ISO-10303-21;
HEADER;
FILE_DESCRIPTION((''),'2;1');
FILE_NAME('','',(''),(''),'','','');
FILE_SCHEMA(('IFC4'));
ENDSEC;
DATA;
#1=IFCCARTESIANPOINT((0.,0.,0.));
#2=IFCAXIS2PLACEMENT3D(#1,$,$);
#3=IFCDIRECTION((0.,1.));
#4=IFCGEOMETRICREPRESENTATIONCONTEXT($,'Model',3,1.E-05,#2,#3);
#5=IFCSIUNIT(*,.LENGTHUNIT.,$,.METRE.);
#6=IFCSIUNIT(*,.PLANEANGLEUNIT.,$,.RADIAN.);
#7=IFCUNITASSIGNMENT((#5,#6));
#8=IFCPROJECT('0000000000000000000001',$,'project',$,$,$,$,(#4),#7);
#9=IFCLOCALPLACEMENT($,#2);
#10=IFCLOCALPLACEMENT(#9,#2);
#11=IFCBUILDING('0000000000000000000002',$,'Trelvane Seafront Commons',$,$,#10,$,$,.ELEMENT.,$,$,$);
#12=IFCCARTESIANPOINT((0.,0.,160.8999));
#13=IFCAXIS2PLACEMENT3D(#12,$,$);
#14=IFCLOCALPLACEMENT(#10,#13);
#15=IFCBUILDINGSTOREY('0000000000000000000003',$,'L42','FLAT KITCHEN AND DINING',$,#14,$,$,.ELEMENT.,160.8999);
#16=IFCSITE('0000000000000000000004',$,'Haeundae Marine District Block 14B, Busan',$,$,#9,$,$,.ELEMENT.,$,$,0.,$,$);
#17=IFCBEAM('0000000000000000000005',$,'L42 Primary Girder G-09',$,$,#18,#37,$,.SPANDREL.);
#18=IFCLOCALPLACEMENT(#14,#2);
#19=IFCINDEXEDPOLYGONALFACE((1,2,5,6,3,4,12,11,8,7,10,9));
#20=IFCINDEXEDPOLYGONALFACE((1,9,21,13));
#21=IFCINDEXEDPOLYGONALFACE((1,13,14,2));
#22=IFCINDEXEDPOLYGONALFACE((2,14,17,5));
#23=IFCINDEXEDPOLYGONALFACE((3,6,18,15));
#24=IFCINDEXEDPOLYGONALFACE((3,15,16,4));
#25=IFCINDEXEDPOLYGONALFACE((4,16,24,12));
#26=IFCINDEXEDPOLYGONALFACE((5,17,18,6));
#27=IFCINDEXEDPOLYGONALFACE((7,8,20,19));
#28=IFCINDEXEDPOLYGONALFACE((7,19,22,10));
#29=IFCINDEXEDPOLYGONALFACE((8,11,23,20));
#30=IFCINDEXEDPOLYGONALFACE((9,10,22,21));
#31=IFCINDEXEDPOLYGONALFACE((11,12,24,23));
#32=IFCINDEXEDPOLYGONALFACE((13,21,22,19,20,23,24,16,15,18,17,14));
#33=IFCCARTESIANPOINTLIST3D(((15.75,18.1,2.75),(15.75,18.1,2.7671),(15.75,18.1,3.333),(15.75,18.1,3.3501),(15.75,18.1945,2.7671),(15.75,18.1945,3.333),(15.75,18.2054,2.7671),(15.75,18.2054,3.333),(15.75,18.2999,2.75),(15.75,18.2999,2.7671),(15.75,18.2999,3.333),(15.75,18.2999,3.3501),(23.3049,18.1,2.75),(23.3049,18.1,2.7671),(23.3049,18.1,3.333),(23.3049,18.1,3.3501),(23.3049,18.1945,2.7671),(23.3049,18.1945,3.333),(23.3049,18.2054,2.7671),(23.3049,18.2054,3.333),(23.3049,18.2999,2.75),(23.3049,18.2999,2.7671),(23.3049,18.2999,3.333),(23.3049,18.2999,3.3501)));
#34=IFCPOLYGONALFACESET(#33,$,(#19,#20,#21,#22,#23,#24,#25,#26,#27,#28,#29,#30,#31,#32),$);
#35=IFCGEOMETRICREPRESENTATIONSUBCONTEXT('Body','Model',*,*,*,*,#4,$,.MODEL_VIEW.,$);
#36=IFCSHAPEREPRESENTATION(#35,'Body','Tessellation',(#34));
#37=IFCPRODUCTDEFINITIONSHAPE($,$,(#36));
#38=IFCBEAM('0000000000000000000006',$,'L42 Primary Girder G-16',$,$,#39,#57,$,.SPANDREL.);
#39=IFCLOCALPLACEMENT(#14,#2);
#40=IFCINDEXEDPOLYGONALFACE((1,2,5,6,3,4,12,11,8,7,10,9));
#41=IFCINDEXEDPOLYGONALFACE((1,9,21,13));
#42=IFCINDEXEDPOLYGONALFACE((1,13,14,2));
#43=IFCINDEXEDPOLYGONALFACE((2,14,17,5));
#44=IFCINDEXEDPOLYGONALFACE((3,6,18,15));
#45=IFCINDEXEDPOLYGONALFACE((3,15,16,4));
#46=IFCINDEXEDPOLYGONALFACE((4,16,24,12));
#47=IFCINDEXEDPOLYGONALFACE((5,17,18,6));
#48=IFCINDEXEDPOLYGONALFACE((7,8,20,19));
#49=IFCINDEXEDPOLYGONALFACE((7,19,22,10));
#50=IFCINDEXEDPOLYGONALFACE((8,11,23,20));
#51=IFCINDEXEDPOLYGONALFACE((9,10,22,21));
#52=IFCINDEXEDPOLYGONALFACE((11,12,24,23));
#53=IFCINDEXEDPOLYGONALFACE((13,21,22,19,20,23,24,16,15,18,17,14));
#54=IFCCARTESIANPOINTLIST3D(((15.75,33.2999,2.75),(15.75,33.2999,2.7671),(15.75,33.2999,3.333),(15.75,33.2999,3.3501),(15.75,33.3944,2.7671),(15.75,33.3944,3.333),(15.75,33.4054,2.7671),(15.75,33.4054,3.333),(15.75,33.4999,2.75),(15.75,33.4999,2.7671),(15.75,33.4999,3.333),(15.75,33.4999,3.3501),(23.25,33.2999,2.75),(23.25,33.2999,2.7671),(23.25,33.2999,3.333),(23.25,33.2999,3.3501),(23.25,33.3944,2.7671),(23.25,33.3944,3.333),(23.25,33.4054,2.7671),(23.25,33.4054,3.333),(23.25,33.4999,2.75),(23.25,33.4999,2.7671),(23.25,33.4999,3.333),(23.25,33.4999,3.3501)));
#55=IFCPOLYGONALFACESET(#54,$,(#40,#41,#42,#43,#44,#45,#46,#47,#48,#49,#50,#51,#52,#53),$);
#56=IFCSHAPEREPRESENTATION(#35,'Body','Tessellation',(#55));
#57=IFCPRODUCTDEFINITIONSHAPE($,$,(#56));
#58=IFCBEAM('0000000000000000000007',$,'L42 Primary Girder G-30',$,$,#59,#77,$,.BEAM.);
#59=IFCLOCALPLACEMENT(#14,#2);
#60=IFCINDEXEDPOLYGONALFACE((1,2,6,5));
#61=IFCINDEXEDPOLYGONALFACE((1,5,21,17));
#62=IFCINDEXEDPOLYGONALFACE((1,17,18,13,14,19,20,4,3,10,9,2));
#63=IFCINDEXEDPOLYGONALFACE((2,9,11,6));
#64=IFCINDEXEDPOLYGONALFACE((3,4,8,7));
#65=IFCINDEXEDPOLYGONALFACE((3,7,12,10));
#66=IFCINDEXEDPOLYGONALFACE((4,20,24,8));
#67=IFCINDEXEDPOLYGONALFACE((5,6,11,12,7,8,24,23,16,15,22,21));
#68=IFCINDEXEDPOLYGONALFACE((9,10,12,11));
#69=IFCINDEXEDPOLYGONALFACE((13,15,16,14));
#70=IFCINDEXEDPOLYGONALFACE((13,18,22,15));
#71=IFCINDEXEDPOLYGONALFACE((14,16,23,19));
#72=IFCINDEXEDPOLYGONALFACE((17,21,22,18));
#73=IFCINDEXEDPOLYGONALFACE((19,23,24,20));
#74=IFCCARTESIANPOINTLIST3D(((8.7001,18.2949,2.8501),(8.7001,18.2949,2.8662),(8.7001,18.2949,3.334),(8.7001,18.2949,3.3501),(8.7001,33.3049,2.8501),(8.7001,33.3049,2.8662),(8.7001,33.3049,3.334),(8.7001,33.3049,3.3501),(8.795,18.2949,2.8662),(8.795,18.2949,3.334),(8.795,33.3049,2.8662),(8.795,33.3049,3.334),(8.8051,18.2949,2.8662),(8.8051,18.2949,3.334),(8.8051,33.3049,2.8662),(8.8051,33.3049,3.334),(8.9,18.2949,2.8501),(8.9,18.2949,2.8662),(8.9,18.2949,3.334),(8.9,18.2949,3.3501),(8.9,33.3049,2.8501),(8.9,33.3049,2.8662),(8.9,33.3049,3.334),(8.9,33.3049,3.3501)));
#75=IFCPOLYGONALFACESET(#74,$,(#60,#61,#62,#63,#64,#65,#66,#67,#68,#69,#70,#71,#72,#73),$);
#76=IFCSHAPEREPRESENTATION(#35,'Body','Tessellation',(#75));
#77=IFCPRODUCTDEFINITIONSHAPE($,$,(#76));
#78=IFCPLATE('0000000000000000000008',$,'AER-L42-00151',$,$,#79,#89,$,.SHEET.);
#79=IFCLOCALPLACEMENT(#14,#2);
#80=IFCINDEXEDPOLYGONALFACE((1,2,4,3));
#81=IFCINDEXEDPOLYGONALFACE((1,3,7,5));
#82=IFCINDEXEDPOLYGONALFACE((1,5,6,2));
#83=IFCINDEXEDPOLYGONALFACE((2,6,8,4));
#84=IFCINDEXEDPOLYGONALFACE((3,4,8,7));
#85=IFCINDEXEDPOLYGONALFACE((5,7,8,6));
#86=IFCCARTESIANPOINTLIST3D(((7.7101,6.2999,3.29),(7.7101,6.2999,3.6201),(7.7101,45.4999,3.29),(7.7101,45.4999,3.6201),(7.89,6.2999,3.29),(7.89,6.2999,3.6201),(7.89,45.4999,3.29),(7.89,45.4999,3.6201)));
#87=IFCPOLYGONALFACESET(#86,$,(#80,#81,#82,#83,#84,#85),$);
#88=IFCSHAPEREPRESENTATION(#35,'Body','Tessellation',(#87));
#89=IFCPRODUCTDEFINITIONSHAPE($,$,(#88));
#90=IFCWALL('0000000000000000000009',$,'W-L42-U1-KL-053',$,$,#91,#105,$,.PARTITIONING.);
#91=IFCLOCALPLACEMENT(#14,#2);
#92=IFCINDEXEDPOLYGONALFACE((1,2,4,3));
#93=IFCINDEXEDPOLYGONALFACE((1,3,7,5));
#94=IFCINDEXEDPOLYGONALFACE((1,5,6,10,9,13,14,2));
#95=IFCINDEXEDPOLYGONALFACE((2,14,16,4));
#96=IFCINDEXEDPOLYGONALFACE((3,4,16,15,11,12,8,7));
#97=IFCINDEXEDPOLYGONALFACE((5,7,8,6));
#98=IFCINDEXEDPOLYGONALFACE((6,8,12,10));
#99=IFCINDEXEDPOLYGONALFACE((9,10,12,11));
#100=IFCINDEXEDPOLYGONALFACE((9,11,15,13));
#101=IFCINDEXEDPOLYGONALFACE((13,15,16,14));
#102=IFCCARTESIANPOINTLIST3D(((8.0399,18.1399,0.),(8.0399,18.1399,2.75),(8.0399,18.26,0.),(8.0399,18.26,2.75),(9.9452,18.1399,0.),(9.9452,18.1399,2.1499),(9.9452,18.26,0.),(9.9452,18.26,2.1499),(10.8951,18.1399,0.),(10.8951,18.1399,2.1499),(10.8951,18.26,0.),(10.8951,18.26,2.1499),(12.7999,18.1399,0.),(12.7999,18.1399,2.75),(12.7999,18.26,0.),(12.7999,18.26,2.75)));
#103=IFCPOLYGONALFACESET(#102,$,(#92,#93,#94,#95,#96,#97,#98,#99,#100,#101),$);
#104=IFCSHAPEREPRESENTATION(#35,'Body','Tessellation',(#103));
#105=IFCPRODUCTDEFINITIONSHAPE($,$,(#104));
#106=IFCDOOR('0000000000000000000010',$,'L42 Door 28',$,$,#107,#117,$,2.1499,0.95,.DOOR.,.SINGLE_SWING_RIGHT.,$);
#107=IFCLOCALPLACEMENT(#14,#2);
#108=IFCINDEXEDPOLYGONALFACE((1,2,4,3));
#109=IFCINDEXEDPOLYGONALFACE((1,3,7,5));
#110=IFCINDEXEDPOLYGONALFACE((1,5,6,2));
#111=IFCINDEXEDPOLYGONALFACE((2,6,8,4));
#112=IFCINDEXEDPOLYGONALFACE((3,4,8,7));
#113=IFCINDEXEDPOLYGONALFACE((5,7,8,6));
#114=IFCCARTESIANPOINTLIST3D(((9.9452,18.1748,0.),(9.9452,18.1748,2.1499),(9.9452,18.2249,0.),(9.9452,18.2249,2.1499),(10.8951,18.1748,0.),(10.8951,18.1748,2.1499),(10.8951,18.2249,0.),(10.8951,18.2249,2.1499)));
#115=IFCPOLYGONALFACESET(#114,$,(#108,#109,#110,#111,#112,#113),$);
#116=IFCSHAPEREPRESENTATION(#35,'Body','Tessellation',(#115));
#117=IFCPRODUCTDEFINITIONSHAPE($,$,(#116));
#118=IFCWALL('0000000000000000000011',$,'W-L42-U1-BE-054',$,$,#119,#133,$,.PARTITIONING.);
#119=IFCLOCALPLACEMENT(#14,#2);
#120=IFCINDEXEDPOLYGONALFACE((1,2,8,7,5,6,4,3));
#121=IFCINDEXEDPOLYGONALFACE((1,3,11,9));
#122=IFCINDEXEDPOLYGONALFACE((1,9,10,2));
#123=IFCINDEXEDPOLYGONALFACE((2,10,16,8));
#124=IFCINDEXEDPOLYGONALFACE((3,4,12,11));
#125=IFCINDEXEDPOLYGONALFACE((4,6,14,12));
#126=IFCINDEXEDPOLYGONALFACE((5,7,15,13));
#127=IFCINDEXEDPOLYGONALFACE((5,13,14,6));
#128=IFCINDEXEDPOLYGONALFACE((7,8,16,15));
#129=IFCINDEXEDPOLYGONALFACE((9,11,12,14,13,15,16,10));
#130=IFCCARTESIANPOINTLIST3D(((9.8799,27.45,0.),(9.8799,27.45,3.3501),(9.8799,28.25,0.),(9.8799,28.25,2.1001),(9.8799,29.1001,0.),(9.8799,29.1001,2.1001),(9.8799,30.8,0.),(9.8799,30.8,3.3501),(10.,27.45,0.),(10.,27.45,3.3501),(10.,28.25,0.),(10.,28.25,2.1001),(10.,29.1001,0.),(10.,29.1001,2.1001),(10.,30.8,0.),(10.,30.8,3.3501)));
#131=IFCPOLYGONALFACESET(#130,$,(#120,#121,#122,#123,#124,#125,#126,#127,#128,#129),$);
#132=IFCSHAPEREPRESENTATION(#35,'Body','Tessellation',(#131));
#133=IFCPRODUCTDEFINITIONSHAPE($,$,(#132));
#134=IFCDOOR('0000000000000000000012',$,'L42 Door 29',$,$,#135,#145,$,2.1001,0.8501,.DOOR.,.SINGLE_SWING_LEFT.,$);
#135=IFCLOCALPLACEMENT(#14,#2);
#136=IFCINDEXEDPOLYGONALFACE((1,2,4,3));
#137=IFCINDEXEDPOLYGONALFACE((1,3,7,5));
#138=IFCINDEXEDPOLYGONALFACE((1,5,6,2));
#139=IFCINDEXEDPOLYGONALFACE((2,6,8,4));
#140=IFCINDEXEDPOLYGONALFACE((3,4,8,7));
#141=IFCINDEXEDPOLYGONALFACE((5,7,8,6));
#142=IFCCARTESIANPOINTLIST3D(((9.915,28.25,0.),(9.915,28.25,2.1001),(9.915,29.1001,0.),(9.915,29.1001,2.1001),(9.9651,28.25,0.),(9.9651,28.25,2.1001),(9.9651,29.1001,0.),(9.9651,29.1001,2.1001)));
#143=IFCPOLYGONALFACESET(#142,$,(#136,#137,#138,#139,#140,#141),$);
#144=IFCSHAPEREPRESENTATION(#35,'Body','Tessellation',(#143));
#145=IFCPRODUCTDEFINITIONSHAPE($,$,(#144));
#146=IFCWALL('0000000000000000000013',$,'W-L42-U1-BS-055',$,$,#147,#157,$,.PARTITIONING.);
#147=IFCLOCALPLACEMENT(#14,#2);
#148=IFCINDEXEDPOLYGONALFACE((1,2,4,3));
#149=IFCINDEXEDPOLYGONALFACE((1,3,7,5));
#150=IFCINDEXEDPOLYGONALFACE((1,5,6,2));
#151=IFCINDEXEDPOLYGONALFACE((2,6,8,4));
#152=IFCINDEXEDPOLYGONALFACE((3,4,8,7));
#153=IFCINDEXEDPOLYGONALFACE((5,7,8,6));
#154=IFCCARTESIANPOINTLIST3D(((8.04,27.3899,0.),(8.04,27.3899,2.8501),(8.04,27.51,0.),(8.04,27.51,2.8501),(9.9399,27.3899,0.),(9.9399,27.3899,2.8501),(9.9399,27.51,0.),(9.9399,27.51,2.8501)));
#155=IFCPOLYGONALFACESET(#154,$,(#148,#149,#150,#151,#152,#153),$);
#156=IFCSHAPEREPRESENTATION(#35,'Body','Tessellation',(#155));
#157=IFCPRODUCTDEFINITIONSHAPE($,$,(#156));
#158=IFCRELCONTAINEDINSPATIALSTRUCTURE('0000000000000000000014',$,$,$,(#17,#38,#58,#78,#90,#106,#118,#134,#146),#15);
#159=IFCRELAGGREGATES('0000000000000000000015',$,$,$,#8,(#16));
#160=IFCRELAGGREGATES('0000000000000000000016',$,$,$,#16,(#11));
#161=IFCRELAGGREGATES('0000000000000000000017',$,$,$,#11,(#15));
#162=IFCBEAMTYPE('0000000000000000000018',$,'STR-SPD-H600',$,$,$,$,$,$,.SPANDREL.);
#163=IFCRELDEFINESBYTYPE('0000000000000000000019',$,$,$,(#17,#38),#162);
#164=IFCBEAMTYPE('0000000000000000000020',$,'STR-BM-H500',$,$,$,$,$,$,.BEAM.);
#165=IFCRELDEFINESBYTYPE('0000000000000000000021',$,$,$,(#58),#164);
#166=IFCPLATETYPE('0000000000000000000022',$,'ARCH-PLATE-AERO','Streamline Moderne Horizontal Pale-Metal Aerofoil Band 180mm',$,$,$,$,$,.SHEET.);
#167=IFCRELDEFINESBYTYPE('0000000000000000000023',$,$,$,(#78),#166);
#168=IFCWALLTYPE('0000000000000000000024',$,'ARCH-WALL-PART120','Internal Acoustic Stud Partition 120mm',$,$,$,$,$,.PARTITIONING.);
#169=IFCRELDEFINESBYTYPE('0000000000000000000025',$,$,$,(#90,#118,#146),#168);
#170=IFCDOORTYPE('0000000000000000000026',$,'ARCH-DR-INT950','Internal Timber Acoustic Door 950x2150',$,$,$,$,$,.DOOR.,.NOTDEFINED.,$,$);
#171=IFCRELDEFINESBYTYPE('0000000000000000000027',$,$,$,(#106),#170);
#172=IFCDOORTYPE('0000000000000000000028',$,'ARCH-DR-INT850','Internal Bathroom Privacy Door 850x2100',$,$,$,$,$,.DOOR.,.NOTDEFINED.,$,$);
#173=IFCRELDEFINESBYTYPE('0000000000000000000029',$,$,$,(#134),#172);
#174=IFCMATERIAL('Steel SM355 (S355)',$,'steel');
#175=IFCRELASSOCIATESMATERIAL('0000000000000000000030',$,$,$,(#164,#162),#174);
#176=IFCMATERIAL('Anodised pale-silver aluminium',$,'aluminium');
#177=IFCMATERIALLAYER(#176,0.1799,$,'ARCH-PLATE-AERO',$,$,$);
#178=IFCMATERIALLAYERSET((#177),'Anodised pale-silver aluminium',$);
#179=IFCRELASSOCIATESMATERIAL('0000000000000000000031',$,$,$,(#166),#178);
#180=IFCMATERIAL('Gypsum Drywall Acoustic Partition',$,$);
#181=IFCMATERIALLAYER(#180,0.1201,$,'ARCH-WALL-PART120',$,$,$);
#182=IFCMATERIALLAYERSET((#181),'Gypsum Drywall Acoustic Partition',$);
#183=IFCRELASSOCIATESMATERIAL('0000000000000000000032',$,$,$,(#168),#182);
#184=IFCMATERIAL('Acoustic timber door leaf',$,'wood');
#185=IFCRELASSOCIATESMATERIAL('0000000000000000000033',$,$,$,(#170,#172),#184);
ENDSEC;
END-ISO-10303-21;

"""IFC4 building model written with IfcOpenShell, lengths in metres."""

from ifc_helpers import new_model, si_unit, direction, frame, frame_2d, origin, origin_2d, place, context, subcontext, project, spatial, rectangle, i_section, extrude, source, transform, mapped, material, layer, layer_set, material_profile, profile_set, type_object, element, fill, save


model = new_model("IFC4")

# Units and contexts
model_context = context("Model", 3, precision=1e-05, world=origin(), true_north=direction((0.0, 1.0)))
body_context = subcontext(model_context, "Body", "Model", "MODEL_VIEW")
ifc_project = project(units=[si_unit("LENGTHUNIT", "METRE"), si_unit("PLANEANGLEUNIT", "RADIAN")], contexts=[model_context])

# Site, building, storey
site_placement = place(None, origin())
site = spatial("IfcSite", under=ifc_project, at=site_placement, Name="Haeundae Marine District Block 14B, Busan", CompositionType="ELEMENT", RefElevation=0.0)
building_placement = place(site_placement, origin())
building = spatial("IfcBuilding", under=site, at=building_placement, Name="Trelvane Seafront Commons", CompositionType="ELEMENT")
storey_placement = place(building_placement, frame((0.0, 0.0, 160.8999)))
storey = spatial("IfcBuildingStorey", under=building, at=storey_placement, Name="L42", Description="FLAT KITCHEN AND DINING", CompositionType="ELEMENT", Elevation=160.8999)

# Shared definitions
ifc_material_1 = material(Name="Steel SM355 (S355)", Category="steel")

# Beams
ifc_material_profile_1 = material_profile(ifc_material_1, i_section(OverallWidth=0.2, OverallDepth=0.5, WebThickness=0.01, FlangeThickness=0.0161, at=origin_2d()), Name="H-500x200x10x16")
ifc_profile_set_1 = profile_set([ifc_material_profile_1], Name="Steel SM355 (S355)")
beam_type_1 = type_object("IfcBeamType", Name="STR-BM-H500", PredefinedType="BEAM", material=ifc_profile_set_1)
ifc_material_profile_2 = material_profile(ifc_material_1, i_section(OverallWidth=0.2, OverallDepth=0.6001, WebThickness=0.011, FlangeThickness=0.0171, at=origin_2d()), Name="H-600x200x11x17")
ifc_profile_set_2 = profile_set([ifc_material_profile_2], Name="Steel SM355 (S355)")
beam_type_2 = type_object("IfcBeamType", Name="STR-SPD-H600", PredefinedType="SPANDREL", material=ifc_profile_set_2)
shared_shape_1 = source(origin(), body_context, "Body", "SweptSolid", [
    extrude(i_section(OverallWidth=0.2, OverallDepth=0.6001, WebThickness=0.011, FlangeThickness=0.0171, at=origin_2d()), origin(), (0.0, 0.0, 1.0), 7.5549),
])
beam_1_placement = place(storey_placement, frame((15.75, 18.2, 3.05), z_axis=(1.0, 0.0, 0.0), x_axis=(0.0, 1.0, 0.0)))
element("IfcBeam", 1, at=beam_1_placement, inside=storey, type_object=beam_type_2, Name="L42 Primary Girder G-09", PredefinedType="SPANDREL", context=body_context, shape_type="MappedRepresentation", body=[
    mapped(shared_shape_1, transform((0.0, 0.0, 0.0), x_axis=(1.0, 0.0, 0.0), y_axis=(0.0, 1.0, 0.0), z_axis=(0.0, 0.0, 1.0), scale=1.0)),
])
shared_shape_2 = source(origin(), body_context, "Body", "SweptSolid", [
    extrude(i_section(OverallWidth=0.2, OverallDepth=0.6001, WebThickness=0.011, FlangeThickness=0.0171, at=origin_2d()), origin(), (0.0, 0.0, 1.0), 7.5),
])
beam_2_placement = place(storey_placement, frame((15.75, 33.3999, 3.05), z_axis=(1.0, 0.0, 0.0), x_axis=(0.0, 1.0, 0.0)))
element("IfcBeam", 2, at=beam_2_placement, inside=storey, type_object=beam_type_2, Name="L42 Primary Girder G-16", PredefinedType="SPANDREL", context=body_context, shape_type="MappedRepresentation", body=[
    mapped(shared_shape_2, transform((0.0, 0.0, 0.0), x_axis=(1.0, 0.0, 0.0), y_axis=(0.0, 1.0, 0.0), z_axis=(0.0, 0.0, 1.0), scale=1.0)),
])
shared_shape_3 = source(origin(), body_context, "Body", "SweptSolid", [
    extrude(i_section(OverallWidth=0.2, OverallDepth=0.5, WebThickness=0.01, FlangeThickness=0.0161, at=origin_2d()), origin(), (0.0, 0.0, 1.0), 15.01),
])
beam_3_placement = place(storey_placement, frame((8.8, 18.2949, 3.1001), z_axis=(0.0, 1.0, 0.0), x_axis=(-1.0, 0.0, 0.0)))
element("IfcBeam", 3, at=beam_3_placement, inside=storey, type_object=beam_type_1, Name="L42 Primary Girder G-30", PredefinedType="BEAM", context=body_context, shape_type="MappedRepresentation", body=[
    mapped(shared_shape_3, transform((0.0, 0.0, 0.0), x_axis=(1.0, 0.0, 0.0), y_axis=(0.0, 1.0, 0.0), z_axis=(0.0, 0.0, 1.0), scale=1.0)),
])

# Plate
ifc_material_2 = material(Name="Anodised pale-silver aluminium", Category="aluminium")
ifc_layer_1 = layer(ifc_material_2, 0.1799, Name="ARCH-PLATE-AERO")
ifc_layer_set_1 = layer_set([ifc_layer_1], Name="Anodised pale-silver aluminium")
plate_type = type_object("IfcPlateType", Name="ARCH-PLATE-AERO", Description="Streamline Moderne Horizontal Pale-Metal Aerofoil Band 180mm", PredefinedType="SHEET", material=ifc_layer_set_1)
shared_shape_4 = source(origin(), body_context, "Body", "SweptSolid", [
    extrude(rectangle(XDim=39.2, YDim=0.1799, at=origin_2d()), origin(), (0.0, 0.0, 1.0), 0.3301),
])
plate_placement = place(storey_placement, frame((7.8, 25.8999, 3.29), z_axis=(0.0, 0.0, 1.0), x_axis=(0.0, 1.0, 0.0)))
element("IfcPlate", 4, at=plate_placement, inside=storey, type_object=plate_type, Name="AER-L42-00151", PredefinedType="SHEET", context=body_context, shape_type="MappedRepresentation", body=[
    mapped(shared_shape_4, transform((0.0, 0.0, 0.0), x_axis=(1.0, 0.0, 0.0), y_axis=(0.0, 1.0, 0.0), z_axis=(0.0, 0.0, 1.0), scale=1.0)),
])

# Walls, openings, doors
ifc_material_3 = material(Name="Gypsum Drywall Acoustic Partition")
ifc_layer_2 = layer(ifc_material_3, 0.1201, Name="ARCH-WALL-PART120")
ifc_layer_set_2 = layer_set([ifc_layer_2], Name="Gypsum Drywall Acoustic Partition")
wall_type_1 = type_object("IfcWallType", Name="ARCH-WALL-PART120", Description="Internal Acoustic Stud Partition 120mm", PredefinedType="PARTITIONING", material=ifc_layer_set_2)
wall_1_placement = place(storey_placement, frame((8.04, 18.2, 0.0), z_axis=(0.0, 0.0, 1.0), x_axis=(1.0, 0.0, 0.0)))
wall_1 = element("IfcWall", 5, at=wall_1_placement, inside=storey, type_object=wall_type_1, Name="W-L42-U1-KL-053", PredefinedType="PARTITIONING", context=body_context, shape_type="SweptSolid", body=[
    extrude(rectangle(XDim=4.76, YDim=0.1201, at=frame_2d((2.3799, 0.0))), origin(), (0.0, 0.0, 1.0), 2.75),
])
opening_1_placement = place(wall_1_placement, frame((1.905, 0.0, 0.0)))
opening_1 = element("IfcOpeningElement", 6, at=opening_1_placement, cuts=wall_1, PredefinedType="OPENING", context=body_context, shape_type="SweptSolid", body=[
    extrude(rectangle(XDim=0.95, YDim=2.1499, at=frame_2d((0.4751, 1.075))), frame((0.0, 0.0701, 0.0), z_axis=(0.0, -1.0, 0.0), x_axis=(1.0, 0.0, 0.0)), (0.0, 0.0, 1.0), 0.1401),
])
ifc_material_4 = material(Name="Acoustic timber door leaf", Category="wood")
door_type_1 = type_object("IfcDoorType", Name="ARCH-DR-INT950", Description="Internal Timber Acoustic Door 950x2150", OperationType="NOTDEFINED", PredefinedType="DOOR", material=ifc_material_4)
shared_shape_5 = source(origin(), body_context, "Body", "SweptSolid", [
    extrude(rectangle(XDim=0.95, YDim=2.1499, at=frame_2d((0.4751, 1.075))), frame((0.0, 0.0249, 0.0), z_axis=(0.0, -1.0, 0.0), x_axis=(1.0, 0.0, 0.0)), (0.0, 0.0, 1.0), 0.05),
])
door_1_placement = place(opening_1_placement, origin())
door_1 = element("IfcDoor", 7, at=door_1_placement, inside=storey, type_object=door_type_1, Name="L42 Door 28", OperationType="SINGLE_SWING_RIGHT", OverallHeight=2.1499, OverallWidth=0.95, PredefinedType="DOOR", context=body_context, shape_type="MappedRepresentation", body=[
    mapped(shared_shape_5, transform((0.0, 0.0, 0.0), x_axis=(1.0, 0.0, 0.0), y_axis=(0.0, 1.0, 0.0), z_axis=(0.0, 0.0, 1.0), scale=1.0)),
])
fill(opening_1, door_1)
wall_2_placement = place(storey_placement, frame((9.9399, 27.45, 0.0), z_axis=(0.0, 0.0, 1.0), x_axis=(0.0, 1.0, 0.0)))
wall_2 = element("IfcWall", 8, at=wall_2_placement, inside=storey, type_object=wall_type_1, Name="W-L42-U1-BE-054", PredefinedType="PARTITIONING", context=body_context, shape_type="SweptSolid", body=[
    extrude(rectangle(XDim=3.3501, YDim=0.1201, at=frame_2d((1.675, 0.0))), origin(), (0.0, 0.0, 1.0), 3.3501),
])
opening_2_placement = place(wall_2_placement, frame((0.8, 0.0, 0.0)))
opening_2 = element("IfcOpeningElement", 9, at=opening_2_placement, cuts=wall_2, PredefinedType="OPENING", context=body_context, shape_type="SweptSolid", body=[
    extrude(rectangle(XDim=0.8501, YDim=2.1001, at=frame_2d((0.425, 1.05))), frame((0.0, 0.0701, 0.0), z_axis=(0.0, -1.0, 0.0), x_axis=(1.0, 0.0, 0.0)), (0.0, 0.0, 1.0), 0.1401),
])
door_type_2 = type_object("IfcDoorType", Name="ARCH-DR-INT850", Description="Internal Bathroom Privacy Door 850x2100", OperationType="NOTDEFINED", PredefinedType="DOOR", material=ifc_material_4)
shared_shape_6 = source(origin(), body_context, "Body", "SweptSolid", [
    extrude(rectangle(XDim=0.8501, YDim=2.1001, at=frame_2d((0.425, 1.05))), frame((0.0, 0.0249, 0.0), z_axis=(0.0, -1.0, 0.0), x_axis=(1.0, 0.0, 0.0)), (0.0, 0.0, 1.0), 0.05),
])
door_2_placement = place(opening_2_placement, origin())
door_2 = element("IfcDoor", 10, at=door_2_placement, inside=storey, type_object=door_type_2, Name="L42 Door 29", OperationType="SINGLE_SWING_LEFT", OverallHeight=2.1001, OverallWidth=0.8501, PredefinedType="DOOR", context=body_context, shape_type="MappedRepresentation", body=[
    mapped(shared_shape_6, transform((0.0, 0.0, 0.0), x_axis=(1.0, 0.0, 0.0), y_axis=(0.0, 1.0, 0.0), z_axis=(0.0, 0.0, 1.0), scale=1.0)),
])
fill(opening_2, door_2)

# Wall
wall_3_placement = place(storey_placement, frame((8.04, 27.45, 0.0), z_axis=(0.0, 0.0, 1.0), x_axis=(1.0, 0.0, 0.0)))
element("IfcWall", 11, at=wall_3_placement, inside=storey, type_object=wall_type_1, Name="W-L42-U1-BS-055", PredefinedType="PARTITIONING", context=body_context, shape_type="SweptSolid", body=[
    extrude(rectangle(XDim=1.8999, YDim=0.1201, at=frame_2d((0.95, 0.0))), origin(), (0.0, 0.0, 1.0), 2.8501),
])

save(model, "model.ifc")
